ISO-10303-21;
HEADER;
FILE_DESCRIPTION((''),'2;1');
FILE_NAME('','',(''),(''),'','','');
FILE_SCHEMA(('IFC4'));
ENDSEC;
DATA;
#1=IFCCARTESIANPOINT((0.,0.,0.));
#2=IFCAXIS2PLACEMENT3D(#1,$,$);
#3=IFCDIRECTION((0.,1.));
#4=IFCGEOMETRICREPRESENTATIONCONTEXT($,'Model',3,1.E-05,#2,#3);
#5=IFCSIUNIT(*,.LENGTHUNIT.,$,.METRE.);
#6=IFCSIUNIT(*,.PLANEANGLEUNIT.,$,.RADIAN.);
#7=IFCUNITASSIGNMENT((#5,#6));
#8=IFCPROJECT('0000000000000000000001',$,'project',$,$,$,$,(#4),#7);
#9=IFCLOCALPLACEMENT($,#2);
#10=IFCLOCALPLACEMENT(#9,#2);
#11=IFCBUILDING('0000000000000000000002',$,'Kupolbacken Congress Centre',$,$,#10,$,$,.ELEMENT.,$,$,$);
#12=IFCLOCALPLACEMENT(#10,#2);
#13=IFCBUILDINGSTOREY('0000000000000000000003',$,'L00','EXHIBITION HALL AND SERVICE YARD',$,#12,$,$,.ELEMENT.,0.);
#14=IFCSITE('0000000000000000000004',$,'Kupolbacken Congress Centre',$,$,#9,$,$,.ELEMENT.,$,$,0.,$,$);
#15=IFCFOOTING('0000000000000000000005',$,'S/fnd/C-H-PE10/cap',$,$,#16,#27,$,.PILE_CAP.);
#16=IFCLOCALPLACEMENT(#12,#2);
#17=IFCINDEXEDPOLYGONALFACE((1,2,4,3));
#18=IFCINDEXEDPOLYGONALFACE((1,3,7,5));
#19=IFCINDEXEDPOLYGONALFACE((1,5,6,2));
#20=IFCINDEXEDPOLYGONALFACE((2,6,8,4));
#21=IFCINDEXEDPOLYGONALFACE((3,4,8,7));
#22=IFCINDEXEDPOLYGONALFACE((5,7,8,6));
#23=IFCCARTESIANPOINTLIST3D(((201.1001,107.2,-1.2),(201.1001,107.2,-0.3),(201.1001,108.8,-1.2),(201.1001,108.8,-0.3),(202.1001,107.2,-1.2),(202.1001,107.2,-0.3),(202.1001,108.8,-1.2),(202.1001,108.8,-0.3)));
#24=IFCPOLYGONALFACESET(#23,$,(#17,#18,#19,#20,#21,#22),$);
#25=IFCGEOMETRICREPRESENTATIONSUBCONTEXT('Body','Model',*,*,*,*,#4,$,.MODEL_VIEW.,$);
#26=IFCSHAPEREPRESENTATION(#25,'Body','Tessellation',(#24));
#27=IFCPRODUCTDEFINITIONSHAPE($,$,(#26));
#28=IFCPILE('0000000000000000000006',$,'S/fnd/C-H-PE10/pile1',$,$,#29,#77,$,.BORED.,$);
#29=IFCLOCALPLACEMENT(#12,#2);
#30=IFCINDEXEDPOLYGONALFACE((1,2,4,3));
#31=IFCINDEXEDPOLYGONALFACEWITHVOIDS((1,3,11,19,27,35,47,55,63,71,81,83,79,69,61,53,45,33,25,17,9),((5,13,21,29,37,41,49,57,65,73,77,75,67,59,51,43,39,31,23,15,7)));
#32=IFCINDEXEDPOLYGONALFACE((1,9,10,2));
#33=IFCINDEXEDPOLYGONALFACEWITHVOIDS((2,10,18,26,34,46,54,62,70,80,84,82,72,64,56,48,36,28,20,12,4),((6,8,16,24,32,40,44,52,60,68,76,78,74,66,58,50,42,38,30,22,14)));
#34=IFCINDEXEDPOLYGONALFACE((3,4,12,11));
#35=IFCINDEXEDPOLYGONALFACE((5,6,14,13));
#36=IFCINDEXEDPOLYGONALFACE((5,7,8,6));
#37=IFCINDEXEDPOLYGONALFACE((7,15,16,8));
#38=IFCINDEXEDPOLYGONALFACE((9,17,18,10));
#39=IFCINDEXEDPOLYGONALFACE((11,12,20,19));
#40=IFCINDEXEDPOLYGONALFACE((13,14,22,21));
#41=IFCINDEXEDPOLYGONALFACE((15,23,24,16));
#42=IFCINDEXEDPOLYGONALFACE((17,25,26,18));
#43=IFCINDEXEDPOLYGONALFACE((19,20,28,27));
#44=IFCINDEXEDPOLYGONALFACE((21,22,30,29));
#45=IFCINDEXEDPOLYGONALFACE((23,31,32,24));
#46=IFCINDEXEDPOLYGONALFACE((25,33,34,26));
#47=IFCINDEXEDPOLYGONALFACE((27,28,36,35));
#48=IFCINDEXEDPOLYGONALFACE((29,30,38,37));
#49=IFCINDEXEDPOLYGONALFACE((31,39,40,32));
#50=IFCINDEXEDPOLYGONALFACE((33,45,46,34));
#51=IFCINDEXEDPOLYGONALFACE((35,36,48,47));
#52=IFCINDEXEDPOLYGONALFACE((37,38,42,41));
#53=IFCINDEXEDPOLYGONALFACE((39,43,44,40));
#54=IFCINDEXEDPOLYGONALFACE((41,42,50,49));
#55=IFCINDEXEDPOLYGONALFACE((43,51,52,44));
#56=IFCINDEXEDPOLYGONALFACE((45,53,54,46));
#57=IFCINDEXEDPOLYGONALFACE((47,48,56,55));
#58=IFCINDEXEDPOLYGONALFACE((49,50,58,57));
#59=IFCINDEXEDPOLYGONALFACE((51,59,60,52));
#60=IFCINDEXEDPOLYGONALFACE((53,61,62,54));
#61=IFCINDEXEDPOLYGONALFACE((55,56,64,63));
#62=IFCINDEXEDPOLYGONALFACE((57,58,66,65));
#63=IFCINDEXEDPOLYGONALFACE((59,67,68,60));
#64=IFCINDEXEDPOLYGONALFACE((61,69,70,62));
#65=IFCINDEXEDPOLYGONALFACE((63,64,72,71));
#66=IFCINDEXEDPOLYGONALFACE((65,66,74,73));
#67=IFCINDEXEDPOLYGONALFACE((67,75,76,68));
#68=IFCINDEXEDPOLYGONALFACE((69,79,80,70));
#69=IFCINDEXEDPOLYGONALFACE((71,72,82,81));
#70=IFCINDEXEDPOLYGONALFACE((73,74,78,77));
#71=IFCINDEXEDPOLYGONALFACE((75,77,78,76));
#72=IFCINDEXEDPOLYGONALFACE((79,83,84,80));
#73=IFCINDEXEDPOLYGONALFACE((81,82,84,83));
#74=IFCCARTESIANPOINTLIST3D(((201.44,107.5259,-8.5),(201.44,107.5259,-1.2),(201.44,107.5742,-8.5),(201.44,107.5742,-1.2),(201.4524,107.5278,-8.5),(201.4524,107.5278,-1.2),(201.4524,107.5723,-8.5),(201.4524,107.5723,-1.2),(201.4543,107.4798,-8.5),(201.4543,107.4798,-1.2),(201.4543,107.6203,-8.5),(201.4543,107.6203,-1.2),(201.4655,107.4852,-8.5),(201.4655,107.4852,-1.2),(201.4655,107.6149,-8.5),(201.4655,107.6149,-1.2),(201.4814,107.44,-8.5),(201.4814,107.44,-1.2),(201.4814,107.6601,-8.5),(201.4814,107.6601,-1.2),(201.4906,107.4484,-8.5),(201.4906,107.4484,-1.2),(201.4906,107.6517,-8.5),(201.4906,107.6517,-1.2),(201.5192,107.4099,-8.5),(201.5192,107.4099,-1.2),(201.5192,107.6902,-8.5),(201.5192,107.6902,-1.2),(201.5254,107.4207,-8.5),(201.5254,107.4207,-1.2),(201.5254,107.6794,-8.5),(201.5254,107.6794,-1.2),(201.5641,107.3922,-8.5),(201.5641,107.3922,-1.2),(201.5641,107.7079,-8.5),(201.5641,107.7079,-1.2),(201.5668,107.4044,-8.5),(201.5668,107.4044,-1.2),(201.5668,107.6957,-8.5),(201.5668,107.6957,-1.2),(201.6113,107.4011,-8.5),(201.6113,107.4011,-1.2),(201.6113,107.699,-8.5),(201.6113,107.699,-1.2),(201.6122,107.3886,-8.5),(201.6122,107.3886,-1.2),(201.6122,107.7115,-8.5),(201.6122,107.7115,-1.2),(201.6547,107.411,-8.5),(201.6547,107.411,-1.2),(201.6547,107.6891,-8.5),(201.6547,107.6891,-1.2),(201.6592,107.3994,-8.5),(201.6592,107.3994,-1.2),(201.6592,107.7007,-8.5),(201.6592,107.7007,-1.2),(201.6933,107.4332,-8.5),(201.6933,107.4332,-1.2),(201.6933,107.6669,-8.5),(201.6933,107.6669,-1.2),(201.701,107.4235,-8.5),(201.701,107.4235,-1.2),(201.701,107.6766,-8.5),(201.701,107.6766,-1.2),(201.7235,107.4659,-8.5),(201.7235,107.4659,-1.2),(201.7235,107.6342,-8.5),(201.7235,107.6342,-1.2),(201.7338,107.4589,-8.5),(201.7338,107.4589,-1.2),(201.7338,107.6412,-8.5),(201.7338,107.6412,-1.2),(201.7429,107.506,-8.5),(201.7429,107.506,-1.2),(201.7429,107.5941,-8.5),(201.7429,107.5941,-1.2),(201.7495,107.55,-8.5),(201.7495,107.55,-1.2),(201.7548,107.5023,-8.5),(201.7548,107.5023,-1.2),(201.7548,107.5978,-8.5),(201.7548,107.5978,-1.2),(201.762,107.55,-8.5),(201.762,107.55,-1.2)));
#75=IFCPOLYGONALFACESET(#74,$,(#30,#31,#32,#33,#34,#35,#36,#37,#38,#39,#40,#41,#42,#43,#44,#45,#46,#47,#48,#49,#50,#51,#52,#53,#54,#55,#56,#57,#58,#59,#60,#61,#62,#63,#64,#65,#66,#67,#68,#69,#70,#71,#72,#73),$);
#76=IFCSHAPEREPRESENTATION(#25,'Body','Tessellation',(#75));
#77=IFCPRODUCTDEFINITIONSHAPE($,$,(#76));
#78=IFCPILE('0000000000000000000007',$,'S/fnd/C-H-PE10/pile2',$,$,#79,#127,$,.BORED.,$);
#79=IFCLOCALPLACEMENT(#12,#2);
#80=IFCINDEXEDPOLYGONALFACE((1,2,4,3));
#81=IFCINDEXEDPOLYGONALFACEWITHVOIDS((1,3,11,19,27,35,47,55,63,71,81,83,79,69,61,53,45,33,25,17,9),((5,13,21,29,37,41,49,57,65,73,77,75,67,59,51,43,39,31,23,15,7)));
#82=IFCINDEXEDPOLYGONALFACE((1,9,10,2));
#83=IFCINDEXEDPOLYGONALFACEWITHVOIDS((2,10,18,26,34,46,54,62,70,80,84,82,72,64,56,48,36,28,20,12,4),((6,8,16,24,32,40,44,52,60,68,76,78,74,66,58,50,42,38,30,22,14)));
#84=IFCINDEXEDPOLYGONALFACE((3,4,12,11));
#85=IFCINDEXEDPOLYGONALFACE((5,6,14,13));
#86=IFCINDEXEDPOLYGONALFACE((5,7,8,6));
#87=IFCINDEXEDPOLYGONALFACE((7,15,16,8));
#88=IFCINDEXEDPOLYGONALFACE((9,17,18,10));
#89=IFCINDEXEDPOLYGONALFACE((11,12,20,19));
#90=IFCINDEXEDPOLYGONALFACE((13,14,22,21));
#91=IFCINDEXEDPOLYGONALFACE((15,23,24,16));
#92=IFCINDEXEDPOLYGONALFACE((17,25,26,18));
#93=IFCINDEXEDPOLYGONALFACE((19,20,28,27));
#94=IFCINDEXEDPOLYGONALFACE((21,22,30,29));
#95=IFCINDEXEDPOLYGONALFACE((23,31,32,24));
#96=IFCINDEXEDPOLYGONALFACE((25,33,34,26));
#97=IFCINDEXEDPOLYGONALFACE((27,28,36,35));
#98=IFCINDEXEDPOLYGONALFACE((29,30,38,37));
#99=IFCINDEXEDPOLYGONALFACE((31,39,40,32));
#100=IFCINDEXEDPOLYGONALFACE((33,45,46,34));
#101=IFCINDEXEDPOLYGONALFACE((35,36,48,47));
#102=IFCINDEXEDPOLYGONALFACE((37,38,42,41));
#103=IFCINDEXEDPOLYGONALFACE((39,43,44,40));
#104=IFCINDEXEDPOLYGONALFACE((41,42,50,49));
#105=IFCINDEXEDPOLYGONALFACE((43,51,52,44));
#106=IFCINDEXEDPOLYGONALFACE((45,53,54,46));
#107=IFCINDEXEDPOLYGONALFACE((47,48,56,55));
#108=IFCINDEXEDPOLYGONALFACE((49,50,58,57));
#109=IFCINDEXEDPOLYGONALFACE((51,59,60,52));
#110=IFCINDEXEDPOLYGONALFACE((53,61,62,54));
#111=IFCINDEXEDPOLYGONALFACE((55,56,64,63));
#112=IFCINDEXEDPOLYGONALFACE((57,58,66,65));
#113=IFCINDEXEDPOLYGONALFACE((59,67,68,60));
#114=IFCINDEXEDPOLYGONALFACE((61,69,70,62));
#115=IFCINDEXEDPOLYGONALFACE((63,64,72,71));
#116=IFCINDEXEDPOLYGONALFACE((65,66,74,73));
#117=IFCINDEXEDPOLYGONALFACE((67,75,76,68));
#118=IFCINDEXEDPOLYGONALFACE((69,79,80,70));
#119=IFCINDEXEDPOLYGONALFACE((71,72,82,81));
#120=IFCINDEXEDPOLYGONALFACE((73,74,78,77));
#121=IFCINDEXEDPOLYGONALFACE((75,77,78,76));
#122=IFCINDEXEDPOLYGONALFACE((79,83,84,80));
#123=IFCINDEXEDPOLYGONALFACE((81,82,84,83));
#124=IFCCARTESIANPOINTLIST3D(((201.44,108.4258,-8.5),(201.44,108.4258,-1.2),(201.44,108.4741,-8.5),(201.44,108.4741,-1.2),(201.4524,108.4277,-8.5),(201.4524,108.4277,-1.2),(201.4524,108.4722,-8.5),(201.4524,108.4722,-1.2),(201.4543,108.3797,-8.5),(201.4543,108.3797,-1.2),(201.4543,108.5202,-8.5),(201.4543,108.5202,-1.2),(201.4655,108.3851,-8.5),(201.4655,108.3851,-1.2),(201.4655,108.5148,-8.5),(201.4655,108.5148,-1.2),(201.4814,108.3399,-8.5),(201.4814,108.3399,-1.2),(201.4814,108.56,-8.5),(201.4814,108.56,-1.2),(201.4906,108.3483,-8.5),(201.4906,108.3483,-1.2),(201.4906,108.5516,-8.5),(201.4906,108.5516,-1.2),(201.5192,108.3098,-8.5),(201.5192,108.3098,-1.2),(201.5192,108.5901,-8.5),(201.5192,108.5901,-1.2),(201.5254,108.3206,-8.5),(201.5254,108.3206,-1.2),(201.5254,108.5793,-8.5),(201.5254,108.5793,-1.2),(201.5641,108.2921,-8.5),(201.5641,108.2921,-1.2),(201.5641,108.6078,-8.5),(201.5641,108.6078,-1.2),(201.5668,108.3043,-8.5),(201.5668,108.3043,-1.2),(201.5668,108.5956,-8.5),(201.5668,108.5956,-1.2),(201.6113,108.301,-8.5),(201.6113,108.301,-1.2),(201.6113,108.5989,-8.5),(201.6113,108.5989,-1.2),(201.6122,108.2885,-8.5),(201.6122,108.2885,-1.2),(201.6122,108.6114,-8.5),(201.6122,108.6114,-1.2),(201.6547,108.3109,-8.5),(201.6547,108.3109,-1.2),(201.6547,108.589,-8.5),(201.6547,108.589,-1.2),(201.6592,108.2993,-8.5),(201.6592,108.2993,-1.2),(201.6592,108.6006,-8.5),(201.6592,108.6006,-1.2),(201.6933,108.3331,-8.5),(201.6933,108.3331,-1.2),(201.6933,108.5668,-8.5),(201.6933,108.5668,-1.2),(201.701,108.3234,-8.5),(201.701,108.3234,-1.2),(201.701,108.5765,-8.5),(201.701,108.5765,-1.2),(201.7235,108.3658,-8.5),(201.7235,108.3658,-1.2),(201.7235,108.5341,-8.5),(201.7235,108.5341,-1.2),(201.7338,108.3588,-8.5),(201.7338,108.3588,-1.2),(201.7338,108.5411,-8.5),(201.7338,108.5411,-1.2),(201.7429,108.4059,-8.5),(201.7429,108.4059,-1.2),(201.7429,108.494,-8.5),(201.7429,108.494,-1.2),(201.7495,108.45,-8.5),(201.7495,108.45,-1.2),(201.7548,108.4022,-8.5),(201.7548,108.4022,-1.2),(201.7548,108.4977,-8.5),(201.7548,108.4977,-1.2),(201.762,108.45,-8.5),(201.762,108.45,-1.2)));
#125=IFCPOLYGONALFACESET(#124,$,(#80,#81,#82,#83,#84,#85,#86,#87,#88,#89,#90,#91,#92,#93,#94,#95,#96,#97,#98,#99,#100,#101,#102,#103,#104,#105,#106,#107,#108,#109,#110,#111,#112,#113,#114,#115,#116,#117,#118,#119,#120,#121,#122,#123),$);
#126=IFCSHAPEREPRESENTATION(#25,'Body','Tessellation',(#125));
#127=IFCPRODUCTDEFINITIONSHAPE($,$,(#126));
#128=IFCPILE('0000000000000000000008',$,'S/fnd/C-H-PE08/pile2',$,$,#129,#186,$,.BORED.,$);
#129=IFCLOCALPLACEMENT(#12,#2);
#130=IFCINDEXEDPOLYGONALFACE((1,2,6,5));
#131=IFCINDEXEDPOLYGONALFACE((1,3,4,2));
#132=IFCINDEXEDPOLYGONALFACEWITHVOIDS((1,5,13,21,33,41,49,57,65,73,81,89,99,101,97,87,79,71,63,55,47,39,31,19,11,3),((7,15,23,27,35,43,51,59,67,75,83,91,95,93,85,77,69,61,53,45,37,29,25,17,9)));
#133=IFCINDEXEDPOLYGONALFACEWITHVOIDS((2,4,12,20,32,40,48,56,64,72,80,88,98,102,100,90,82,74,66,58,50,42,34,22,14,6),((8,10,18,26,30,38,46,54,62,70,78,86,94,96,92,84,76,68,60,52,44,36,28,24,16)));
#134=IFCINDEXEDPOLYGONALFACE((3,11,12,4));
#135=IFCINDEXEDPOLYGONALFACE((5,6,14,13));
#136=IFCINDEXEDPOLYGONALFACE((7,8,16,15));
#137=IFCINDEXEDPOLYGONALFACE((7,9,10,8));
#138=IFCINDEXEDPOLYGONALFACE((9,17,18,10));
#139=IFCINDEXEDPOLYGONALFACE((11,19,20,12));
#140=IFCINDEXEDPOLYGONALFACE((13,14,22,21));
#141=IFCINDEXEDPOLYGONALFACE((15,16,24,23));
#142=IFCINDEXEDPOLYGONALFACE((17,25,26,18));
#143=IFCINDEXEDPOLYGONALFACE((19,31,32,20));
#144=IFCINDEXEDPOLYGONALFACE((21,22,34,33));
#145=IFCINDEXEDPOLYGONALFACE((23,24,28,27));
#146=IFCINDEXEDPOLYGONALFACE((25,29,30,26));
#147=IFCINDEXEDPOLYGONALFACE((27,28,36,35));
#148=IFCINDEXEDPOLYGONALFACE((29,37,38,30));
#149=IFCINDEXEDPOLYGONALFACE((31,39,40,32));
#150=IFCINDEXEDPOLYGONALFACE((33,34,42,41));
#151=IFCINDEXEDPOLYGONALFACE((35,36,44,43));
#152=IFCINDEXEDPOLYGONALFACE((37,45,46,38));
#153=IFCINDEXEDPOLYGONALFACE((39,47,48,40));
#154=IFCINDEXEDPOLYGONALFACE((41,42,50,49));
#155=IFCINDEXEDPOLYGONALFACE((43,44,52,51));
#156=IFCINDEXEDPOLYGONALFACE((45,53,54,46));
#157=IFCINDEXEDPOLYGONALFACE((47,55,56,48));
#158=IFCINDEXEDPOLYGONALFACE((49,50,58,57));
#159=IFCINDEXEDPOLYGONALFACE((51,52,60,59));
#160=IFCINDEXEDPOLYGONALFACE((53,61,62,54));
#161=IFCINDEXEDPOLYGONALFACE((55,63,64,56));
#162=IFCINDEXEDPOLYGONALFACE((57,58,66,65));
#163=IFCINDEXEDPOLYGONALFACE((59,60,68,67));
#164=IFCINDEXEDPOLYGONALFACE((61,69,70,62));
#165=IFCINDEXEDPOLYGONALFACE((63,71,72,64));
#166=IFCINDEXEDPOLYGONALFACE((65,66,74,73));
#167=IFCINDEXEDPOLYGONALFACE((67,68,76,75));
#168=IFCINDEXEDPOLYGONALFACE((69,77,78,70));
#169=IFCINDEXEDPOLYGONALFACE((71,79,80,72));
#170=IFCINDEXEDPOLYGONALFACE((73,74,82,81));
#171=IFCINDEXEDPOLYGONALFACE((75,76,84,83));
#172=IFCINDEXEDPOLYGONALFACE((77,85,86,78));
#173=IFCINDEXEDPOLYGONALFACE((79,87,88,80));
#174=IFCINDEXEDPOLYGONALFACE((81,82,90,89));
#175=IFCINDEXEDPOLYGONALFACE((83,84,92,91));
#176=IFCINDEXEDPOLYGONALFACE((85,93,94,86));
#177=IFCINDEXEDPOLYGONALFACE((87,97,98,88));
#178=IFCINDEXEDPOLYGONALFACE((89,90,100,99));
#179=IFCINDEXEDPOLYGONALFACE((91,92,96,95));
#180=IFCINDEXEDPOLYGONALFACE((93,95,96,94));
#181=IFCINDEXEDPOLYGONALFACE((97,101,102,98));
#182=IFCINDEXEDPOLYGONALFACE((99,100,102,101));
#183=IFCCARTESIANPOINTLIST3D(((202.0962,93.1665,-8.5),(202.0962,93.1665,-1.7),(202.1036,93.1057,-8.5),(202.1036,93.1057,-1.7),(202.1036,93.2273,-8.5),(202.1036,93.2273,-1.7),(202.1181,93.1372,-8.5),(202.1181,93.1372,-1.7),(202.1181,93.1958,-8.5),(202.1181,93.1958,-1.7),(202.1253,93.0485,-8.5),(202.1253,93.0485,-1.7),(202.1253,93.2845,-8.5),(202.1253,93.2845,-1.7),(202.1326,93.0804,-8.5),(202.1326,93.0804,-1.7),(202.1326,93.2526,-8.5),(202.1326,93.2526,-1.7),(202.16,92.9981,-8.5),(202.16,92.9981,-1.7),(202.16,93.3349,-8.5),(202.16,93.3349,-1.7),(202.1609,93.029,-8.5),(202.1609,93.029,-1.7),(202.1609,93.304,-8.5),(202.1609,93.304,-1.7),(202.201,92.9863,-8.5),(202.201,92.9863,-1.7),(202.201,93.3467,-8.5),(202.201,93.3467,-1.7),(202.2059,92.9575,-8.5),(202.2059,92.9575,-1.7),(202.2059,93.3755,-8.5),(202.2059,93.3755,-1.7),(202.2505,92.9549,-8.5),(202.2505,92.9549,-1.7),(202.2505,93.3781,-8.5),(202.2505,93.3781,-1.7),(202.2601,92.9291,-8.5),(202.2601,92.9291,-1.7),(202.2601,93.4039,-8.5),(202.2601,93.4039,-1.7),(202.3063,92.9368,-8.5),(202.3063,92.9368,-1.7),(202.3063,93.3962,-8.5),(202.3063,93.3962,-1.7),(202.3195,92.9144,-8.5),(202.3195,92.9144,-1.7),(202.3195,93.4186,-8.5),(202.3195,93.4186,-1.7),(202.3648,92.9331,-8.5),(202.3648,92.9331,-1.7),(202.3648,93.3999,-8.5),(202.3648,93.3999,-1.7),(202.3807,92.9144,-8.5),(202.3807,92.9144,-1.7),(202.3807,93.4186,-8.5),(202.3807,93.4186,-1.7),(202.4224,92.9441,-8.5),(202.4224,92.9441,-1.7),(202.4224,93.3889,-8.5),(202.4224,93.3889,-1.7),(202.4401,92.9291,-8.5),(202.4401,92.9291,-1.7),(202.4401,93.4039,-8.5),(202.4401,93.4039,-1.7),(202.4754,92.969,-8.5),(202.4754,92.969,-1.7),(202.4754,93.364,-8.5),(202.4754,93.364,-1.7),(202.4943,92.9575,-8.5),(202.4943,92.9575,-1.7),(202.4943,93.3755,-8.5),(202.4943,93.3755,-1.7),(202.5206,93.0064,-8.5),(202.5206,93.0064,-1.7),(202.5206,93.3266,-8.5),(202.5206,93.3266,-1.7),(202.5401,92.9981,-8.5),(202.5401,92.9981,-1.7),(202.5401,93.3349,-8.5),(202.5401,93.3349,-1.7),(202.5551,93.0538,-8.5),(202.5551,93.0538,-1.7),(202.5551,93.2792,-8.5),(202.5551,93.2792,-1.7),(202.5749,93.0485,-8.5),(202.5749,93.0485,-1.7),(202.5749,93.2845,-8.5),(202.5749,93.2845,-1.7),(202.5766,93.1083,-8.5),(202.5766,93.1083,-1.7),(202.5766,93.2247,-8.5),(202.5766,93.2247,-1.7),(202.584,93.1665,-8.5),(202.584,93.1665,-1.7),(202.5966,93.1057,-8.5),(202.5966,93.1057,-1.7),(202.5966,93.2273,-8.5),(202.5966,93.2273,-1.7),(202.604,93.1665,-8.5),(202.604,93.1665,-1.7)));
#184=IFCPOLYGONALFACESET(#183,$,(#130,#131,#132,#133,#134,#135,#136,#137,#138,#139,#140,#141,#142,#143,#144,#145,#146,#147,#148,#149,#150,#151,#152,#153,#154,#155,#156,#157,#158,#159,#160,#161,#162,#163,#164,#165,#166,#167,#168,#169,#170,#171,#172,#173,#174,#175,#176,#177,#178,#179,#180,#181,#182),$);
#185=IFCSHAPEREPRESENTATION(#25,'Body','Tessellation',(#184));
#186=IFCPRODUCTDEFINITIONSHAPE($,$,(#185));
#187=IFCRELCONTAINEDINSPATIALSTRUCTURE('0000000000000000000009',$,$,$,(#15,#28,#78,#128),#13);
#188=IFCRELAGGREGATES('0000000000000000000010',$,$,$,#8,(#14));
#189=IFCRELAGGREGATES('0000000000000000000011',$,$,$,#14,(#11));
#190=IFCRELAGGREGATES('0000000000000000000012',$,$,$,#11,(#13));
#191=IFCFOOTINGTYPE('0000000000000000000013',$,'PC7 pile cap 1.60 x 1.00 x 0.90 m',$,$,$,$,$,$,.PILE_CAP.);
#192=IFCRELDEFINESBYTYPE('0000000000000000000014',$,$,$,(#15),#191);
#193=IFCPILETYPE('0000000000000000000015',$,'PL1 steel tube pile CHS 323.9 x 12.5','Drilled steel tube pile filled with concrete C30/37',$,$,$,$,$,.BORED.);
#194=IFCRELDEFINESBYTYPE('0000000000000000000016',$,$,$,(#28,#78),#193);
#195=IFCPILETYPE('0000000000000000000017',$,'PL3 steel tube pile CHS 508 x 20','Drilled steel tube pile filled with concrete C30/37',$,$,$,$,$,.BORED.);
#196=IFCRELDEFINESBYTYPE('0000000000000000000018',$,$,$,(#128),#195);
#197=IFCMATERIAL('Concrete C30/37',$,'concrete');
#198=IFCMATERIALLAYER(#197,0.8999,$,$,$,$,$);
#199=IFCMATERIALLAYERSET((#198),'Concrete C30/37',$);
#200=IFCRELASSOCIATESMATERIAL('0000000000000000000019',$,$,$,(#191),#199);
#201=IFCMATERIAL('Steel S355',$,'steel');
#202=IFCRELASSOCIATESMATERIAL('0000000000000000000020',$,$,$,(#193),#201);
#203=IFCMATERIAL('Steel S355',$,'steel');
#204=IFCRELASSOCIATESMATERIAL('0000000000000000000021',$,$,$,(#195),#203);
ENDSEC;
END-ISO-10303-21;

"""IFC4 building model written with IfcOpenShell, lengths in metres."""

from ifc_helpers import new_model, si_unit, direction, frame, origin, origin_2d, place, context, subcontext, project, spatial, rectangle, hollow_circle, extrude, material, layer, layer_set, material_profile, profile_set, type_object, element, save


model = new_model("IFC4")

# Units and contexts
model_context = context("Model", 3, precision=1e-05, world=origin(), true_north=direction((0.0, 1.0)))
body_context = subcontext(model_context, "Body", "Model", "MODEL_VIEW")
ifc_project = project(units=[si_unit("LENGTHUNIT", "METRE"), si_unit("PLANEANGLEUNIT", "RADIAN")], contexts=[model_context])

# Site, building, storey
site_placement = place(None, origin())
site = spatial("IfcSite", under=ifc_project, at=site_placement, Name="Kupolbacken Congress Centre", CompositionType="ELEMENT", RefElevation=0.0)
building_placement = place(site_placement, origin())
building = spatial("IfcBuilding", under=site, at=building_placement, Name="Kupolbacken Congress Centre", CompositionType="ELEMENT")
storey_placement = place(building_placement, origin())
storey = spatial("IfcBuildingStorey", under=building, at=storey_placement, Name="L00", Description="EXHIBITION HALL AND SERVICE YARD", CompositionType="ELEMENT", Elevation=0.0)

# Footing
ifc_material_1 = material(Name="Concrete C30/37", Category="concrete")
ifc_layer_1 = layer(ifc_material_1, 0.8999)
ifc_layer_set_1 = layer_set([ifc_layer_1], Name="Concrete C30/37")
footing_type = type_object("IfcFootingType", Name="PC7 pile cap 1.60 x 1.00 x 0.90 m", PredefinedType="PILE_CAP", material=ifc_layer_set_1)
footing_placement = place(storey_placement, frame((201.6001, 108.0, -1.2), z_axis=(0.0, 0.0, 1.0), x_axis=(1.0, 0.0, 0.0)))
element("IfcFooting", 1, at=footing_placement, inside=storey, type_object=footing_type, Name="S/fnd/C-H-PE10/cap", PredefinedType="PILE_CAP", context=body_context, shape_type="SweptSolid", body=[
    extrude(rectangle(XDim=1.0, YDim=1.6001, at=origin_2d()), origin(), (0.0, 0.0, 1.0), 0.8999),
])

# Piles
ifc_material_2 = material(Name="Steel S355", Category="steel")
ifc_material_profile_1 = material_profile(ifc_material_2, hollow_circle(Radius=0.1619, WallThickness=0.0125, at=origin_2d()), Name="CHS 323.9 x 12.5")
ifc_profile_set_1 = profile_set([ifc_material_profile_1], Name="Steel S355")
pile_type_1 = type_object("IfcPileType", Name="PL1 steel tube pile CHS 323.9 x 12.5", Description="Drilled steel tube pile filled with concrete C30/37", PredefinedType="BORED", material=ifc_profile_set_1)
for number, where, z_axis, x_axis, name in (
    (2, (201.6001, 107.55, -1.2), (0.0, 0.0, -1.0), (1.0, 0.0, 0.0), "S/fnd/C-H-PE10/pile1"),
    (3, (201.6001, 108.45, -1.2), (0.0, 0.0, -1.0), (1.0, 0.0, 0.0), "S/fnd/C-H-PE10/pile2"),
):
    element("IfcPile", number, at=place(storey_placement, frame(where, z_axis=z_axis, x_axis=x_axis)), inside=storey, type_object=pile_type_1, Name=name, PredefinedType="BORED", context=body_context, shape_type="SweptSolid", body=[
        extrude(hollow_circle(Radius=0.1619, WallThickness=0.0125, at=origin_2d()), origin(), (0.0, 0.0, 1.0), 7.3),
    ])
ifc_material_3 = material(Name="Steel S355", Category="steel")
ifc_material_profile_2 = material_profile(ifc_material_3, hollow_circle(Radius=0.2539, WallThickness=0.02, at=origin_2d()), Name="CHS 508 x 20")
ifc_profile_set_2 = profile_set([ifc_material_profile_2], Name="Steel S355")
pile_type_2 = type_object("IfcPileType", Name="PL3 steel tube pile CHS 508 x 20", Description="Drilled steel tube pile filled with concrete C30/37", PredefinedType="BORED", material=ifc_profile_set_2)
for number, where, z_axis, x_axis, name in (
    (4, (202.3501, 93.1665, -1.7), (0.0, 0.0, -1.0), (1.0, 0.0, 0.0), "S/fnd/C-H-PE08/pile2"),
):
    element("IfcPile", number, at=place(storey_placement, frame(where, z_axis=z_axis, x_axis=x_axis)), inside=storey, type_object=pile_type_2, Name=name, PredefinedType="BORED", context=body_context, shape_type="SweptSolid", body=[
        extrude(hollow_circle(Radius=0.2539, WallThickness=0.02, at=origin_2d()), origin(), (0.0, 0.0, 1.0), 6.8),
    ])

save(model, "model.ifc")
